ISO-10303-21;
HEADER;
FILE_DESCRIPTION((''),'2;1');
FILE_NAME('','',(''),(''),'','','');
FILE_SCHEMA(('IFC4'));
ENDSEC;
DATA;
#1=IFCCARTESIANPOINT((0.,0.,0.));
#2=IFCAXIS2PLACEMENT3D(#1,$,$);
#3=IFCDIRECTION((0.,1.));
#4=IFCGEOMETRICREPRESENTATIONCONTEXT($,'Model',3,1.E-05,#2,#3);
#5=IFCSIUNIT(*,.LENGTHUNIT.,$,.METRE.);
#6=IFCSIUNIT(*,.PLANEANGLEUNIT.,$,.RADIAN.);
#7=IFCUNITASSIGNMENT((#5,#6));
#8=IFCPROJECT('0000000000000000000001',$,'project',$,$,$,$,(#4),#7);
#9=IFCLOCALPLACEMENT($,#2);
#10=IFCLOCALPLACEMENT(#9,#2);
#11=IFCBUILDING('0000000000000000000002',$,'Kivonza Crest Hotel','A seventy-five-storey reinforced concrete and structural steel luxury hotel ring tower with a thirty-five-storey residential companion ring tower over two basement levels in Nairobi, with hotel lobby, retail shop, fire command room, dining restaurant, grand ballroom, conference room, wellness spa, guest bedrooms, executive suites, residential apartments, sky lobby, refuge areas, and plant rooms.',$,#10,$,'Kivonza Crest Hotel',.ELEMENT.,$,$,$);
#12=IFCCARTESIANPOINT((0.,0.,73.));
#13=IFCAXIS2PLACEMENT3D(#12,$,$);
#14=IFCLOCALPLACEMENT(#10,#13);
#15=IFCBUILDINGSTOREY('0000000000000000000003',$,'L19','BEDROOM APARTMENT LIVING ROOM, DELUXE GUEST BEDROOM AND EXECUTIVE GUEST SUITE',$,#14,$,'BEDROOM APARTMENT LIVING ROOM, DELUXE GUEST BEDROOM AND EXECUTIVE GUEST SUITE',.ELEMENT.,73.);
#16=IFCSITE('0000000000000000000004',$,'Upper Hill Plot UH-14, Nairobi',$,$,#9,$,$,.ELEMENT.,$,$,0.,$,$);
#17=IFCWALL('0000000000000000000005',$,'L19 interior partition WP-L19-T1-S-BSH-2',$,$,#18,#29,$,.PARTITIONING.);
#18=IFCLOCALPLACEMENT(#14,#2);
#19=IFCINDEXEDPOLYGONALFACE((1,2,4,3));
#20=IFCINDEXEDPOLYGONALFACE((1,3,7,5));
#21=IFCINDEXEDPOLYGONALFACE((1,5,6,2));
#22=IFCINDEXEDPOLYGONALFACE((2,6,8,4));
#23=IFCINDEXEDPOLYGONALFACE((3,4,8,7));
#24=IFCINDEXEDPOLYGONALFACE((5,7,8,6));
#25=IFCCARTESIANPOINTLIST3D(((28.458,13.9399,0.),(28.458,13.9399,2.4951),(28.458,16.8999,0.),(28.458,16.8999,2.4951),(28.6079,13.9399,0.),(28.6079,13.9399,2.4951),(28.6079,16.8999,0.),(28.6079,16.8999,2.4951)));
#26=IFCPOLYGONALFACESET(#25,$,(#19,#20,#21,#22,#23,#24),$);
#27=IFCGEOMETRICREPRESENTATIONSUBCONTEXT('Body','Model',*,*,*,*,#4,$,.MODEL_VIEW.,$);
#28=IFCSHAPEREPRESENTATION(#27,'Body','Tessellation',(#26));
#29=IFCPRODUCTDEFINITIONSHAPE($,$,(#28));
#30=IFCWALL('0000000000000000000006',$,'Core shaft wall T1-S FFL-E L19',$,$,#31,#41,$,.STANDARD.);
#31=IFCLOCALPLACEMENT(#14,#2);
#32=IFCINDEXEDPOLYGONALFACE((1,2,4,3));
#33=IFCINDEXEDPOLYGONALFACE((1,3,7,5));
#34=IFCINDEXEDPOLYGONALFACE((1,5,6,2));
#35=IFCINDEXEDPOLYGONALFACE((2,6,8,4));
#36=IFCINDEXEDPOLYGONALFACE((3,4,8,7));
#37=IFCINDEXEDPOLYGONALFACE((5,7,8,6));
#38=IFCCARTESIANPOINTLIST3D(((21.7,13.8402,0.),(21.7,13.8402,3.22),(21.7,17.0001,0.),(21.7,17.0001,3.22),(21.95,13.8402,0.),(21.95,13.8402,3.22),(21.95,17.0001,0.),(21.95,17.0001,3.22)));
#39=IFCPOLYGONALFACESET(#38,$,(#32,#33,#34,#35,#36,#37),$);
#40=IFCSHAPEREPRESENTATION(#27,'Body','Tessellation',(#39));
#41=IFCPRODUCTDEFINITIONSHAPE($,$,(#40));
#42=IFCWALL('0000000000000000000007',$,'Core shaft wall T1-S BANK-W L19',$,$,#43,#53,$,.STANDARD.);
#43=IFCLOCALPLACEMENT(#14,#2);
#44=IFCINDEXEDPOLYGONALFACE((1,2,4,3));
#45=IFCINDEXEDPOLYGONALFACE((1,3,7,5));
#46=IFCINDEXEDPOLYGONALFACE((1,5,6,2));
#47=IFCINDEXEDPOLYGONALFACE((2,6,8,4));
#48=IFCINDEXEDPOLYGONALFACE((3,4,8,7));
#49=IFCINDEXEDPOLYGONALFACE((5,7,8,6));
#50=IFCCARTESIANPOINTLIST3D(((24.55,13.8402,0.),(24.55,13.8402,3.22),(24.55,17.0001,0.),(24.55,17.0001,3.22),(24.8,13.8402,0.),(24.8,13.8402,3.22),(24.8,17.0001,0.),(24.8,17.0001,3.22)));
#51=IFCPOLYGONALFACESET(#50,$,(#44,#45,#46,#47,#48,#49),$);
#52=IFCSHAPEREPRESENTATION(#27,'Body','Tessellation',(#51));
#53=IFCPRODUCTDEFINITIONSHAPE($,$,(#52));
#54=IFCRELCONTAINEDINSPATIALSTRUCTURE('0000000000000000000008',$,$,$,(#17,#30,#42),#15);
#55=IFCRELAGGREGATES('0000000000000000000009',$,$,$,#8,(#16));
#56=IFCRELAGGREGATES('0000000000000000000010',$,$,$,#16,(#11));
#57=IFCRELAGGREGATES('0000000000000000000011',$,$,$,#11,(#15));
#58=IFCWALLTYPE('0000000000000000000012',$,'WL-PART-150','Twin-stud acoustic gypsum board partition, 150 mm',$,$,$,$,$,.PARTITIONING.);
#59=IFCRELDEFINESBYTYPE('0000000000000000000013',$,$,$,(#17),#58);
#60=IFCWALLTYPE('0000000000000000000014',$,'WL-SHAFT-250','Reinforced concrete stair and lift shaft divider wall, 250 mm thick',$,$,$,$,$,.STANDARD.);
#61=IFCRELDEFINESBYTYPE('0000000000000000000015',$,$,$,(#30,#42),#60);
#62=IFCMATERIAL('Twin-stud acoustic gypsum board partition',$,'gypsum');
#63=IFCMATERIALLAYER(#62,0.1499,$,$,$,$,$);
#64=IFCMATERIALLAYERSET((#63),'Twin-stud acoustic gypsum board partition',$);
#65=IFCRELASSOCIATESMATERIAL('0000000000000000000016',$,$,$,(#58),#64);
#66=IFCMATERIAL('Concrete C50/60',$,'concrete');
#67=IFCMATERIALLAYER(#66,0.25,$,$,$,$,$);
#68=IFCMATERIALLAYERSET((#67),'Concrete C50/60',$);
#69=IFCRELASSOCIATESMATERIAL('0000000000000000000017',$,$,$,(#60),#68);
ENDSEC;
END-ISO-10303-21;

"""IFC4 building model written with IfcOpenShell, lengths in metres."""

from ifc_helpers import new_model, si_unit, direction, frame, frame_2d, origin, place, context, subcontext, project, spatial, rectangle, extrude, material, layer, layer_set, type_object, element, save


model = new_model("IFC4")

# Units and contexts
model_context = context("Model", 3, precision=1e-05, world=origin(), true_north=direction((0.0, 1.0)))
body_context = subcontext(model_context, "Body", "Model", "MODEL_VIEW")
ifc_project = project(units=[si_unit("LENGTHUNIT", "METRE"), si_unit("PLANEANGLEUNIT", "RADIAN")], contexts=[model_context])

# Site, building, storey
site_placement = place(None, origin())
site = spatial("IfcSite", under=ifc_project, at=site_placement, Name="Upper Hill Plot UH-14, Nairobi", CompositionType="ELEMENT", RefElevation=0.0)
building_placement = place(site_placement, origin())
building = spatial("IfcBuilding", under=site, at=building_placement, Name="Kivonza Crest Hotel", Description="A seventy-five-storey reinforced concrete and structural steel luxury hotel ring tower with a thirty-five-storey residential companion ring tower over two basement levels in Nairobi, with hotel lobby, retail shop, fire command room, dining restaurant, grand ballroom, conference room, wellness spa, guest bedrooms, executive suites, residential apartments, sky lobby, refuge areas, and plant rooms.", LongName="Kivonza Crest Hotel", CompositionType="ELEMENT")
storey_placement = place(building_placement, frame((0.0, 0.0, 73.0)))
storey = spatial("IfcBuildingStorey", under=building, at=storey_placement, Name="L19", Description="BEDROOM APARTMENT LIVING ROOM, DELUXE GUEST BEDROOM AND EXECUTIVE GUEST SUITE", LongName="BEDROOM APARTMENT LIVING ROOM, DELUXE GUEST BEDROOM AND EXECUTIVE GUEST SUITE", CompositionType="ELEMENT", Elevation=73.0)

# Wall
ifc_material_1 = material(Name="Twin-stud acoustic gypsum board partition", Category="gypsum")
ifc_layer_1 = layer(ifc_material_1, 0.1499)
ifc_layer_set_1 = layer_set([ifc_layer_1], Name="Twin-stud acoustic gypsum board partition")
wall_type_1 = type_object("IfcWallType", Name="WL-PART-150", Description="Twin-stud acoustic gypsum board partition, 150 mm", PredefinedType="PARTITIONING", material=ifc_layer_set_1)
wall_1_placement = place(storey_placement, frame((28.533, 13.9399, 0.0), z_axis=(0.0, 0.0, 1.0), x_axis=(0.0, 1.0, 0.0)))
element("IfcWall", 1, at=wall_1_placement, inside=storey, type_object=wall_type_1, Name="L19 interior partition WP-L19-T1-S-BSH-2", PredefinedType="PARTITIONING", context=body_context, shape_type="SweptSolid", body=[
    extrude(rectangle(XDim=2.96, YDim=0.1499, at=frame_2d((1.48, 0.0))), origin(), (0.0, 0.0, 1.0), 2.4951),
])

# Shared definitions
ifc_material_2 = material(Name="Concrete C50/60", Category="concrete")
ifc_layer_2 = layer(ifc_material_2, 0.25)
ifc_layer_set_2 = layer_set([ifc_layer_2], Name="Concrete C50/60")
wall_type_2 = type_object("IfcWallType", Name="WL-SHAFT-250", Description="Reinforced concrete stair and lift shaft divider wall, 250 mm thick", PredefinedType="STANDARD", material=ifc_layer_set_2)

# Walls
for number, where, z_axis, x_axis, name in (
    (2, (21.825, 13.8401, 0.0), (0.0, 0.0, 1.0), (0.0, 1.0, 0.0), "Core shaft wall T1-S FFL-E L19"),
    (3, (24.675, 13.8401, 0.0), (0.0, 0.0, 1.0), (0.0, 1.0, 0.0), "Core shaft wall T1-S BANK-W L19"),
):
    element("IfcWall", number, at=place(storey_placement, frame(where, z_axis=z_axis, x_axis=x_axis)), inside=storey, type_object=wall_type_2, Name=name, PredefinedType="STANDARD", context=body_context, shape_type="SweptSolid", body=[
        extrude(rectangle(XDim=3.1599, YDim=0.25, at=frame_2d((1.5801, 0.0))), origin(), (0.0, 0.0, 1.0), 3.22),
    ])

save(model, "model.ifc")
